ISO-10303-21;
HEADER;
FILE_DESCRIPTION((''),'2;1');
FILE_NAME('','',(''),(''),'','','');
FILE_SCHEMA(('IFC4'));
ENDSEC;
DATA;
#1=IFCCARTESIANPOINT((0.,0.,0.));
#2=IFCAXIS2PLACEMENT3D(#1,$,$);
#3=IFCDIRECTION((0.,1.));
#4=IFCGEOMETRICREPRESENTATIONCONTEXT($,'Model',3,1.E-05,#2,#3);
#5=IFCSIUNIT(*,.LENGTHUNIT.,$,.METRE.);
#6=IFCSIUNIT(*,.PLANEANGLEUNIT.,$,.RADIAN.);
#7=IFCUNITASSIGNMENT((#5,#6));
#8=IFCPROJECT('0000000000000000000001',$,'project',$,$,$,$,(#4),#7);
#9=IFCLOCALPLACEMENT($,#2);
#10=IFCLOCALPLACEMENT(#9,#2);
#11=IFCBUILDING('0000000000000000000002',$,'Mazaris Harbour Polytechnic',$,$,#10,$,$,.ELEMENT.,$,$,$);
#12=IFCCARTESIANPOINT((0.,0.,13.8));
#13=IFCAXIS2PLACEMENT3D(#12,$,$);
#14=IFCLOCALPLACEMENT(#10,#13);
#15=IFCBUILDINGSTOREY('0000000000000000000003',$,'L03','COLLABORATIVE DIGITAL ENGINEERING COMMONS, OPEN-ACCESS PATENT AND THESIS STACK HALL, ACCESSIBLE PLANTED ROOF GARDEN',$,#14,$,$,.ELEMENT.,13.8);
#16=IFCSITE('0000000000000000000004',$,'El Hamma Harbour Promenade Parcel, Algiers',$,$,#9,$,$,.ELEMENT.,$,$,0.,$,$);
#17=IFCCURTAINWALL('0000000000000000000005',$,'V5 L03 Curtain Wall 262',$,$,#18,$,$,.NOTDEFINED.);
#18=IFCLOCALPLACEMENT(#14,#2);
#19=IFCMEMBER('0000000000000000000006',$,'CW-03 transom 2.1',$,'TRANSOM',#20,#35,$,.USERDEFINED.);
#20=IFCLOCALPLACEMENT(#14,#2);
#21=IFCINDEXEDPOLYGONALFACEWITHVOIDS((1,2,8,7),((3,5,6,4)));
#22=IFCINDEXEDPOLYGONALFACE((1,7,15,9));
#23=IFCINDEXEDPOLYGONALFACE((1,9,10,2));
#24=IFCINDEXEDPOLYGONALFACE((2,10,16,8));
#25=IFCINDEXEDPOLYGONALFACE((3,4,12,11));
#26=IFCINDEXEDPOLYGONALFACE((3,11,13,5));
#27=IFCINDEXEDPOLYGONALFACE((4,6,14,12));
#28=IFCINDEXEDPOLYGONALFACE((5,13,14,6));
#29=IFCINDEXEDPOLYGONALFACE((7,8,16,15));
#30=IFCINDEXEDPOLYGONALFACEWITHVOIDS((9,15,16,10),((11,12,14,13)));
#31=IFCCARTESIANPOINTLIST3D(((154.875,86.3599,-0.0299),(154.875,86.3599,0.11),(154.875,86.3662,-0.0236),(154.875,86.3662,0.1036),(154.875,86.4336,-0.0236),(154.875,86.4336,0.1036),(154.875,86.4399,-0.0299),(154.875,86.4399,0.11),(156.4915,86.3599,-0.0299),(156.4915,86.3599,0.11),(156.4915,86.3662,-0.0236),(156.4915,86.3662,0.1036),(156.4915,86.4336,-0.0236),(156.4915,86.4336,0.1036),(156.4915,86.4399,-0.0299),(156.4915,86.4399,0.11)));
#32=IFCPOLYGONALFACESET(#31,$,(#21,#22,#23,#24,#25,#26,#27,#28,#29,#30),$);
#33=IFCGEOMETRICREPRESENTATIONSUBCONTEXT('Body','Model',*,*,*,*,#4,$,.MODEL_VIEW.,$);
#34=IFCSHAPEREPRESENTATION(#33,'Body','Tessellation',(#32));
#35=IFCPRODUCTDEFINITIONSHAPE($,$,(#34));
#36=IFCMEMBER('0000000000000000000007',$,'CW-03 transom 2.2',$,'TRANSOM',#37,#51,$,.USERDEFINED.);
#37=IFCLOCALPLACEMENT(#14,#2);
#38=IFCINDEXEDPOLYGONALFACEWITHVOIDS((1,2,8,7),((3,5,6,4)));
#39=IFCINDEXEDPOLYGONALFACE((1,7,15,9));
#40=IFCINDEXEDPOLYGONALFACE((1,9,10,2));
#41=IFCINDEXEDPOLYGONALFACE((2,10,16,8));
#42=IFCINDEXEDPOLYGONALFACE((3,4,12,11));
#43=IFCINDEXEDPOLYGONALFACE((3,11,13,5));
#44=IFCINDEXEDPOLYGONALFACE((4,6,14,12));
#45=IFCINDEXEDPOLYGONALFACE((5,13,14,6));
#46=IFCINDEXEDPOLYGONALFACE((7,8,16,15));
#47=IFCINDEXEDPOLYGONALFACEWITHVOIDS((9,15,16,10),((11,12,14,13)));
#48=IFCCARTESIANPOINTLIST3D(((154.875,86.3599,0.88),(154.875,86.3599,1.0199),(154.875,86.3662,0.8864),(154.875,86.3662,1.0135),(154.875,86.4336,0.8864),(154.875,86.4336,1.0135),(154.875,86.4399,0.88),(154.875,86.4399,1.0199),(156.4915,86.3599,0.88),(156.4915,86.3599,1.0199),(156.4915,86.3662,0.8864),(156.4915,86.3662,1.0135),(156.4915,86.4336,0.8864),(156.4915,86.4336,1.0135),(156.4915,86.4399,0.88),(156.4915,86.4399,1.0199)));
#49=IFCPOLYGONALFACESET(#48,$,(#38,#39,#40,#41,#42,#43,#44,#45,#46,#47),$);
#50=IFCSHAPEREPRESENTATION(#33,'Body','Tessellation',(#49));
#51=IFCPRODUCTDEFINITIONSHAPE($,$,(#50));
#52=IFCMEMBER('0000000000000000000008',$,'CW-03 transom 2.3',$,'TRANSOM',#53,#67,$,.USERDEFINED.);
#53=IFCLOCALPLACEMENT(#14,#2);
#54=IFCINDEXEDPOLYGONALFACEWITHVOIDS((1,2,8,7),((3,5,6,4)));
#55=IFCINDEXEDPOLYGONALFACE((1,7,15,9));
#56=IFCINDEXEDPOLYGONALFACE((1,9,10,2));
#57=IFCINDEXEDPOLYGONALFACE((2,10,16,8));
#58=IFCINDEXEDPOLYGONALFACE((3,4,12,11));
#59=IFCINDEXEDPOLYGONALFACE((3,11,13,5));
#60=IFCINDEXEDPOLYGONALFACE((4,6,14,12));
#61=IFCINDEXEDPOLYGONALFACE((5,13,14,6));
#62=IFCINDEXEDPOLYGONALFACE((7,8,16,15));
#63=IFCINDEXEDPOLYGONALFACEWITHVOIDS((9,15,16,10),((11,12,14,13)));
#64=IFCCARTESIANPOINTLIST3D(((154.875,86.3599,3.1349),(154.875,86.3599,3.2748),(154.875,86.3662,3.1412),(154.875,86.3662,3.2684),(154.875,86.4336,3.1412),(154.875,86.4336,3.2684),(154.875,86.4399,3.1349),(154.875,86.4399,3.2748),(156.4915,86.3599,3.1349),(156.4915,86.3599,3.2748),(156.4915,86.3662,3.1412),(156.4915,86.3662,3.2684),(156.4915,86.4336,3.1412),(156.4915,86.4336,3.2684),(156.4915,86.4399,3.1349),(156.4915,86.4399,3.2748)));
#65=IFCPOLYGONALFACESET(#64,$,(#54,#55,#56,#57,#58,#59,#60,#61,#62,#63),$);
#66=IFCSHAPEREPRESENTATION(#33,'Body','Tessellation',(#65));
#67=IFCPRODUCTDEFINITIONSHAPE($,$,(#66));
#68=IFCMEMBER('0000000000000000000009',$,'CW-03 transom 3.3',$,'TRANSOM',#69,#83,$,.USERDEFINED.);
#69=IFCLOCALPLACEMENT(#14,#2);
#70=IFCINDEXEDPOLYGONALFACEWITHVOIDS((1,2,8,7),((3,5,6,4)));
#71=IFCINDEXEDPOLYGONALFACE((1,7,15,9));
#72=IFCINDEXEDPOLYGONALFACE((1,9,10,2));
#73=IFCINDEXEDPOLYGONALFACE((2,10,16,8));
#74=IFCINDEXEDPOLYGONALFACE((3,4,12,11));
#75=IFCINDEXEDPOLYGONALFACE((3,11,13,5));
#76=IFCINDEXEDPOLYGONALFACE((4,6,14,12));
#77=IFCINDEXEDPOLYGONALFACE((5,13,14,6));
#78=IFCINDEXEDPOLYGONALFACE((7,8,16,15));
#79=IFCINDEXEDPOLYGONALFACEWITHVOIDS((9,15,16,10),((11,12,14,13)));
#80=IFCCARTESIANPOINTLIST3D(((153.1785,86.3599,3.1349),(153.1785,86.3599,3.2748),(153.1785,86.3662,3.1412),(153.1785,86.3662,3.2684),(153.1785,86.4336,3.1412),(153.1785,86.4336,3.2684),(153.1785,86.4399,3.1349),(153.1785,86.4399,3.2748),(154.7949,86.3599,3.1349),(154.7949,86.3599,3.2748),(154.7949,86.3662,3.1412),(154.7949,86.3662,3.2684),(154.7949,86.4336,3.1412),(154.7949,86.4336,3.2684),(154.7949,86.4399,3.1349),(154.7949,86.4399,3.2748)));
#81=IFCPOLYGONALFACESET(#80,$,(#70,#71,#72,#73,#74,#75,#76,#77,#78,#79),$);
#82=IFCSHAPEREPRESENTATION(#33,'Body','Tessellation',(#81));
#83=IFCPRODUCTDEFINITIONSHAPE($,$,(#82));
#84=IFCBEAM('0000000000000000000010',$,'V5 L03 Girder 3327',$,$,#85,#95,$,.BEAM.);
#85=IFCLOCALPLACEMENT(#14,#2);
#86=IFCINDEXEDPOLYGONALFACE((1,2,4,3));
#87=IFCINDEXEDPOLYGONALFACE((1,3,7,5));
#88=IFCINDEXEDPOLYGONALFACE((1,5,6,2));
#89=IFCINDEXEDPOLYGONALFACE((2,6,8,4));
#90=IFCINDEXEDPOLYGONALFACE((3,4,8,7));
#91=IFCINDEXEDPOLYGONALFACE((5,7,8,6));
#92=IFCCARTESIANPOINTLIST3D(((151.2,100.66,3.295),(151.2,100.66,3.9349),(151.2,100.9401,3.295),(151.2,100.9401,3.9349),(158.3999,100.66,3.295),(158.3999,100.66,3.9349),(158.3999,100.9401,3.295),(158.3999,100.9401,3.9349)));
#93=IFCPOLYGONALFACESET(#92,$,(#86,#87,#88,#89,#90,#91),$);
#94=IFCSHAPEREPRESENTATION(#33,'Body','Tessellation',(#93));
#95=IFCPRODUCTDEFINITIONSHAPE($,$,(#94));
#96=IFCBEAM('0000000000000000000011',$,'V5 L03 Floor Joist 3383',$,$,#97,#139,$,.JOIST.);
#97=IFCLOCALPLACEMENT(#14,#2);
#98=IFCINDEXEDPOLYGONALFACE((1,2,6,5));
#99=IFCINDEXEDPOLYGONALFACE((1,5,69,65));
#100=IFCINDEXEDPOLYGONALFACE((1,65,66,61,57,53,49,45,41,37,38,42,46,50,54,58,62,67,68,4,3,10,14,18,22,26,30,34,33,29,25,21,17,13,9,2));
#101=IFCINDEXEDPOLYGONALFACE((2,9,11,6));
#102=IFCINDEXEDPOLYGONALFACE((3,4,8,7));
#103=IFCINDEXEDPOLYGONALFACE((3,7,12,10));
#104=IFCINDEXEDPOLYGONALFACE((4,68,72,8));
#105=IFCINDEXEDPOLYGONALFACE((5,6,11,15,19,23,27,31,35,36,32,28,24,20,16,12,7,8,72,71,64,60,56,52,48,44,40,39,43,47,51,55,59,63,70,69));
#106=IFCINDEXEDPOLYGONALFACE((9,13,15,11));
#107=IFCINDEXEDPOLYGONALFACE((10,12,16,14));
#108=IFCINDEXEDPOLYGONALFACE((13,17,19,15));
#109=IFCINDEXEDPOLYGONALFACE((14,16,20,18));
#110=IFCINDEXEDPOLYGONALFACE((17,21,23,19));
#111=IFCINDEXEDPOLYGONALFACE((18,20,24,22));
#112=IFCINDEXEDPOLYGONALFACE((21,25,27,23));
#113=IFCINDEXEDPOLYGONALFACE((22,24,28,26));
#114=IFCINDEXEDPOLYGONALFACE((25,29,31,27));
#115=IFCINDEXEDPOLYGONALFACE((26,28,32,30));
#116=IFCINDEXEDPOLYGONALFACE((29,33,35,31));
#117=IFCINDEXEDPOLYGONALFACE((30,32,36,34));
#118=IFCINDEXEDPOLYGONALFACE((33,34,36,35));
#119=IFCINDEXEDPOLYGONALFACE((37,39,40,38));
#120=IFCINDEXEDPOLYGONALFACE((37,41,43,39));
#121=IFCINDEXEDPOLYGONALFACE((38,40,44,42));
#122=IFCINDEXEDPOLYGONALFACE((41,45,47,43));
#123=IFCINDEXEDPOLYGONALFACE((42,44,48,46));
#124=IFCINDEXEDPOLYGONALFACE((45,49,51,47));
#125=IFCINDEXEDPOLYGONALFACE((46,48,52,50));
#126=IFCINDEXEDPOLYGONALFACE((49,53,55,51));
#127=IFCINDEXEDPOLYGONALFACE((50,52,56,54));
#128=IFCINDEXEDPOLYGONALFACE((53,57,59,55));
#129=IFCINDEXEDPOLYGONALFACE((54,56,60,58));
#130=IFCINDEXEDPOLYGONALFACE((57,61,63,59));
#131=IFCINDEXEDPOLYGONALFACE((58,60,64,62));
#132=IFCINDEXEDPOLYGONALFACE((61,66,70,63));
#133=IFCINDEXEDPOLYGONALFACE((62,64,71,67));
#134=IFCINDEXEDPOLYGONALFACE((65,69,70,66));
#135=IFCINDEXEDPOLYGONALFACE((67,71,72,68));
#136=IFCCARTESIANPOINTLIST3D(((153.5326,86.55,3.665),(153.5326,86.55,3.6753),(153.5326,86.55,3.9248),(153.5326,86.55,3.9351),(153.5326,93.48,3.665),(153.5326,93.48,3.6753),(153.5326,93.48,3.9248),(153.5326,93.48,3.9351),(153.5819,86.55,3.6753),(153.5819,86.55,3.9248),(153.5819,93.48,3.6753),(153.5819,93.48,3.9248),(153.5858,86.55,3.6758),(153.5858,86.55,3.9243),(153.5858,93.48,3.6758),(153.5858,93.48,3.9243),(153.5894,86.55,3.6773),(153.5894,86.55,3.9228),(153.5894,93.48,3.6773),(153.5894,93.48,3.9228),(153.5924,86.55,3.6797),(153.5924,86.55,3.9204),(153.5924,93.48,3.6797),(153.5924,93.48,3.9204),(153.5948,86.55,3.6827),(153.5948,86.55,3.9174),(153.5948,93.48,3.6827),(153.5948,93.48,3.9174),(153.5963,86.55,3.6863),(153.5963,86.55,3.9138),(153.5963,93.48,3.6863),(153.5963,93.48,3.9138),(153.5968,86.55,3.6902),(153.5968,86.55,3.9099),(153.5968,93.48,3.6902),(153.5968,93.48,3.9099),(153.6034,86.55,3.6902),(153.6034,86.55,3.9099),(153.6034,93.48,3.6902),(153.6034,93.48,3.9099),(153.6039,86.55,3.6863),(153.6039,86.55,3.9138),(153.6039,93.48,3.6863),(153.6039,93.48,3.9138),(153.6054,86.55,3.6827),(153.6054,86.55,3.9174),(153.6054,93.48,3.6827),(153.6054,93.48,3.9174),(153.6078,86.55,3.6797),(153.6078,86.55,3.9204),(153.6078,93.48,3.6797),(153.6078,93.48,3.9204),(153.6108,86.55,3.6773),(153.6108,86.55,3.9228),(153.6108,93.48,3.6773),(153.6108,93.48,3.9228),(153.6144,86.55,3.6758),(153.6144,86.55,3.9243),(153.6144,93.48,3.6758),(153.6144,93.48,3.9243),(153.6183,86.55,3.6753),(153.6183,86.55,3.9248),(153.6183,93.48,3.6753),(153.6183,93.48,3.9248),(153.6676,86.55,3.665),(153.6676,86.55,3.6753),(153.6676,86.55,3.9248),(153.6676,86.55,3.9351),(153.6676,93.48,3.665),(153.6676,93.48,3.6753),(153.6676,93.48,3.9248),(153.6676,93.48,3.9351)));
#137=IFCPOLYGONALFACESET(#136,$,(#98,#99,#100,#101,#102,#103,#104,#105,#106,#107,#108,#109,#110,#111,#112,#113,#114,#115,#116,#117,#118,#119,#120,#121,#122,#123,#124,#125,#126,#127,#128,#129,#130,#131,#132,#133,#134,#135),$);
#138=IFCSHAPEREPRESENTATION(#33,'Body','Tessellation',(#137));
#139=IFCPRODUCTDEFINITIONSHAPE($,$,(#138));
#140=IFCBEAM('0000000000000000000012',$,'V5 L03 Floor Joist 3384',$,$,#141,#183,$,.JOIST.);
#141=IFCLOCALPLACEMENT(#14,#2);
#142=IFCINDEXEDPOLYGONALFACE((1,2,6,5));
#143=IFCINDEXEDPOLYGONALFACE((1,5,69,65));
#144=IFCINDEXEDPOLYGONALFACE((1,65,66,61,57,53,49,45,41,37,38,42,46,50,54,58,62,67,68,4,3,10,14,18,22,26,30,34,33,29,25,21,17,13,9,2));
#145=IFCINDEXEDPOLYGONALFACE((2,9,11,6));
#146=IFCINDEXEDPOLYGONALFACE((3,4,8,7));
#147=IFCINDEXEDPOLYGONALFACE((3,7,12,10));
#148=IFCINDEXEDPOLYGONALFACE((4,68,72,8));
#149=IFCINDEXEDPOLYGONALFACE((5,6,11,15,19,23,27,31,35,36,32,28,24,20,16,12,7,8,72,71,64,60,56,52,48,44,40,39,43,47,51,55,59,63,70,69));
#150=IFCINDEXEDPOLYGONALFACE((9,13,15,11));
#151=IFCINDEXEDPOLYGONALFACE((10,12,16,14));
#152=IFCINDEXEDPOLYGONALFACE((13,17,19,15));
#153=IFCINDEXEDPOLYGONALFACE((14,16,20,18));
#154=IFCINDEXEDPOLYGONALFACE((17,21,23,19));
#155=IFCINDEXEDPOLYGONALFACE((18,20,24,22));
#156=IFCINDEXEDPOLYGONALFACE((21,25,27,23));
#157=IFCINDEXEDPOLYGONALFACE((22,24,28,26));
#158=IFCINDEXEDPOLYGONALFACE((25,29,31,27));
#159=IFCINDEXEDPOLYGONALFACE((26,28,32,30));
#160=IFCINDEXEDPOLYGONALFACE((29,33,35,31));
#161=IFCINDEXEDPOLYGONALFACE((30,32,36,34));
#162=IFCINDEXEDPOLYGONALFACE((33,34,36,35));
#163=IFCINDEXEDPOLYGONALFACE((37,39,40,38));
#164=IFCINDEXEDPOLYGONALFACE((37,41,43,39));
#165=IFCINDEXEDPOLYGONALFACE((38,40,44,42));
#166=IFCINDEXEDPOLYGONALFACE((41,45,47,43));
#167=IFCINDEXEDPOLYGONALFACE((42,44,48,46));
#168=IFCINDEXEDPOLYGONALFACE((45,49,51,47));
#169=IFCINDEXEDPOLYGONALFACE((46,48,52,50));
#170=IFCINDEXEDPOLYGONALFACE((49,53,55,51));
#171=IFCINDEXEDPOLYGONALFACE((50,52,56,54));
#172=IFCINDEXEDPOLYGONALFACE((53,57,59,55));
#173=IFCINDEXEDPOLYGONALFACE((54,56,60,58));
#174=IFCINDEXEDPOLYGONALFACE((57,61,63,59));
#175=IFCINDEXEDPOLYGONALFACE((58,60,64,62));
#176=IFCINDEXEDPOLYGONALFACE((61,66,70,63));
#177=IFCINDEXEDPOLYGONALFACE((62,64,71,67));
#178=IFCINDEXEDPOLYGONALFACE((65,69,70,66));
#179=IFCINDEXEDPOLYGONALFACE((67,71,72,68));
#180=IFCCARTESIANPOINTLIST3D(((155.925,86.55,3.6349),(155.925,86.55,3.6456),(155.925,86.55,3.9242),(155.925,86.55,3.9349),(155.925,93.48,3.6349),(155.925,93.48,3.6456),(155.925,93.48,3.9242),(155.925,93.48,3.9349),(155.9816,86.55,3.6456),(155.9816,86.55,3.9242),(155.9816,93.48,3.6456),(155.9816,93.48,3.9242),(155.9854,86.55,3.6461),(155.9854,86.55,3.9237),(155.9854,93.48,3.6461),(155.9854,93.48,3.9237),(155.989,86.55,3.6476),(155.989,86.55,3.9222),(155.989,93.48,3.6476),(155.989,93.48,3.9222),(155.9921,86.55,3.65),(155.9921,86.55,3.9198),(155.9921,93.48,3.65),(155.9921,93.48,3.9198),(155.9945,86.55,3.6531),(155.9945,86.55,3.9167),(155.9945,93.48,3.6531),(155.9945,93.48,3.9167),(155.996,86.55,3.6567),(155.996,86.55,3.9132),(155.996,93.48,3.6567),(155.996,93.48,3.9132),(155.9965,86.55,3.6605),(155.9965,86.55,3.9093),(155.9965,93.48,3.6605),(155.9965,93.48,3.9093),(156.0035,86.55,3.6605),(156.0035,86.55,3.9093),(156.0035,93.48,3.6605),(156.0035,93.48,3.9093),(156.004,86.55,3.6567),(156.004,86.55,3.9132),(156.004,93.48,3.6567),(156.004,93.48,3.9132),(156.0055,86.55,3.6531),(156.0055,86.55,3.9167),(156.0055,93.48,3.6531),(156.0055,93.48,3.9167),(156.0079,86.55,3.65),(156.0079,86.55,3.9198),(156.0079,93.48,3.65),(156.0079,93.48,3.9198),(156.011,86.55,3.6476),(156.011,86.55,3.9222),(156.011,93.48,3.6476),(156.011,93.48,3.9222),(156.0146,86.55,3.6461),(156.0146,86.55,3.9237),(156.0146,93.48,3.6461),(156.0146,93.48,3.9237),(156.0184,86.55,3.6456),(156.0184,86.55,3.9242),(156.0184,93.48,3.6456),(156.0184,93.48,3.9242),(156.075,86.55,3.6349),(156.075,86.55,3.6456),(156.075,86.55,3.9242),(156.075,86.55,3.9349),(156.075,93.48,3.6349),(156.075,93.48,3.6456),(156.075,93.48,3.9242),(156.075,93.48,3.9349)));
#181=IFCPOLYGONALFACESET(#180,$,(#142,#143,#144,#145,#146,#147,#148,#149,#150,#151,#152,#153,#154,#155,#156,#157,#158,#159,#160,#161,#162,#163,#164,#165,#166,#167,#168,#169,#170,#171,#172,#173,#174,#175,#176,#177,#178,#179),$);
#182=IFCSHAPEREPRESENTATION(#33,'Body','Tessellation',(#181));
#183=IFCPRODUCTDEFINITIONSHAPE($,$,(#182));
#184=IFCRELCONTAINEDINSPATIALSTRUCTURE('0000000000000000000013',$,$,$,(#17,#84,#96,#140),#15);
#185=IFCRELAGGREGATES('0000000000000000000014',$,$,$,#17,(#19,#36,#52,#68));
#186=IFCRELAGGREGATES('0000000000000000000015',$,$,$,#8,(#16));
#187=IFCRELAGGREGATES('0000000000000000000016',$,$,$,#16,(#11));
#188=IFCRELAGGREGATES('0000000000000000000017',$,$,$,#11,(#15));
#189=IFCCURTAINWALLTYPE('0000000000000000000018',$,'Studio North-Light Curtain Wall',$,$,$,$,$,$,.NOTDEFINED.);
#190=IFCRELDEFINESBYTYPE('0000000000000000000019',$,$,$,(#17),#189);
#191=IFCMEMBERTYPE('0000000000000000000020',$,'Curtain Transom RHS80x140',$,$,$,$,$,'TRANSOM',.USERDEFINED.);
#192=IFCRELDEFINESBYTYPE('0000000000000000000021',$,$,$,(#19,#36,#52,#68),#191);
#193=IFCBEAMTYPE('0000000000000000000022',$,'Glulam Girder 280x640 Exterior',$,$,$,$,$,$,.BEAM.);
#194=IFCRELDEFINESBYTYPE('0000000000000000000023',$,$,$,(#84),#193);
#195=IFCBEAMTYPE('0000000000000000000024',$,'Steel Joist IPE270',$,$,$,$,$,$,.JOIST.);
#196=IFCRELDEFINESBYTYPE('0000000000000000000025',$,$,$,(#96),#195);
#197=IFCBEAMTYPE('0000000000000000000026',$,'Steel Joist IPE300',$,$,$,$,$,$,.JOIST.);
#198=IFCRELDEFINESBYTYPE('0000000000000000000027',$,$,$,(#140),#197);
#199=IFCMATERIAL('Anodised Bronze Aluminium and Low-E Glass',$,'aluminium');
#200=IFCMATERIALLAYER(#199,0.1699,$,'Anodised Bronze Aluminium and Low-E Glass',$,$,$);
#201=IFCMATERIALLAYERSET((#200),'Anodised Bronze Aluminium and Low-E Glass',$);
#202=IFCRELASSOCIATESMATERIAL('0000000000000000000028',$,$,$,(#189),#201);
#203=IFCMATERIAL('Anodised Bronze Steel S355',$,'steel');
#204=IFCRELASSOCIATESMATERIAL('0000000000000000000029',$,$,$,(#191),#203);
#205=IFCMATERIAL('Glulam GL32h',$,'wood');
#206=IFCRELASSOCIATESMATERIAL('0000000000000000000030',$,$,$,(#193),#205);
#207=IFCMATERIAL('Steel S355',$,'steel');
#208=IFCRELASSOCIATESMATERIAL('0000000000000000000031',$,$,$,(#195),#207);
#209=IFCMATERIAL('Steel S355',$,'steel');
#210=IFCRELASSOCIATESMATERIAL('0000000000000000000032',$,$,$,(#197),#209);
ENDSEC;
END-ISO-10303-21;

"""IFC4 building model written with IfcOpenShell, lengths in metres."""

from ifc_helpers import new_model, si_unit, direction, frame, origin, origin_2d, place, context, subcontext, project, spatial, rectangle, hollow_rectangle, i_section, extrude, material, layer, layer_set, material_profile, profile_set, type_object, element, aggregate, save


model = new_model("IFC4")

# Units and contexts
model_context = context("Model", 3, precision=1e-05, world=origin(), true_north=direction((0.0, 1.0)))
body_context = subcontext(model_context, "Body", "Model", "MODEL_VIEW")
ifc_project = project(units=[si_unit("LENGTHUNIT", "METRE"), si_unit("PLANEANGLEUNIT", "RADIAN")], contexts=[model_context])

# Site, building, storey
site_placement = place(None, origin())
site = spatial("IfcSite", under=ifc_project, at=site_placement, Name="El Hamma Harbour Promenade Parcel, Algiers", CompositionType="ELEMENT", RefElevation=0.0)
building_placement = place(site_placement, origin())
building = spatial("IfcBuilding", under=site, at=building_placement, Name="Mazaris Harbour Polytechnic", CompositionType="ELEMENT")
storey_placement = place(building_placement, frame((0.0, 0.0, 13.8)))
storey = spatial("IfcBuildingStorey", under=building, at=storey_placement, Name="L03", Description="COLLABORATIVE DIGITAL ENGINEERING COMMONS, OPEN-ACCESS PATENT AND THESIS STACK HALL, ACCESSIBLE PLANTED ROOF GARDEN", CompositionType="ELEMENT", Elevation=13.8)

# Shared definitions
ifc_material_1 = material(Name="Anodised Bronze Aluminium and Low-E Glass", Category="aluminium")
ifc_layer_1 = layer(ifc_material_1, 0.1699, Name="Anodised Bronze Aluminium and Low-E Glass")
ifc_layer_set_1 = layer_set([ifc_layer_1], Name="Anodised Bronze Aluminium and Low-E Glass")
curtain_wall_type = type_object("IfcCurtainWallType", Name="Studio North-Light Curtain Wall", PredefinedType="NOTDEFINED", material=ifc_layer_set_1)

# Curtain wall
curtain_wall_1_placement = place(storey_placement, origin())
curtain_wall_1 = element("IfcCurtainWall", 1, at=curtain_wall_1_placement, inside=storey, type_object=curtain_wall_type, Name="V5 L03 Curtain Wall 262", PredefinedType="NOTDEFINED")

# Members
ifc_material_2 = material(Name="Anodised Bronze Steel S355", Category="steel")
ifc_material_profile_1 = material_profile(ifc_material_2, hollow_rectangle(XDim=0.0801, YDim=0.1399, WallThickness=0.0063, at=origin_2d()), Name="RHS 80x140x6.3")
ifc_profile_set_1 = profile_set([ifc_material_profile_1], Name="Anodised Bronze Steel S355")
member_type_1 = type_object("IfcMemberType", Name="Curtain Transom RHS80x140", ElementType="TRANSOM", PredefinedType="USERDEFINED", material=ifc_profile_set_1)
member_1_placement = place(storey_placement, frame((156.4915, 86.3999, 0.04), z_axis=(-1.0, 0.0, 0.0), x_axis=(0.0, -1.0, 0.0)))
member_1 = element("IfcMember", 2, at=member_1_placement, type_object=member_type_1, Name="CW-03 transom 2.1", ObjectType="TRANSOM", PredefinedType="USERDEFINED", context=body_context, shape_type="SweptSolid", body=[
    extrude(hollow_rectangle(XDim=0.0801, YDim=0.1399, WallThickness=0.0063, at=origin_2d()), origin(), (0.0, 0.0, 1.0), 1.6165),
])
member_2_placement = place(storey_placement, frame((156.4915, 86.3999, 0.95), z_axis=(-1.0, 0.0, 0.0), x_axis=(0.0, -1.0, 0.0)))
member_2 = element("IfcMember", 3, at=member_2_placement, type_object=member_type_1, Name="CW-03 transom 2.2", ObjectType="TRANSOM", PredefinedType="USERDEFINED", context=body_context, shape_type="SweptSolid", body=[
    extrude(hollow_rectangle(XDim=0.0801, YDim=0.1399, WallThickness=0.0063, at=origin_2d()), origin(), (0.0, 0.0, 1.0), 1.6165),
])
member_3_placement = place(storey_placement, frame((156.4915, 86.3999, 3.2048), z_axis=(-1.0, 0.0, 0.0), x_axis=(0.0, -1.0, 0.0)))
member_3 = element("IfcMember", 4, at=member_3_placement, type_object=member_type_1, Name="CW-03 transom 2.3", ObjectType="TRANSOM", PredefinedType="USERDEFINED", context=body_context, shape_type="SweptSolid", body=[
    extrude(hollow_rectangle(XDim=0.0801, YDim=0.1399, WallThickness=0.0063, at=origin_2d()), origin(), (0.0, 0.0, 1.0), 1.6165),
])
member_4_placement = place(storey_placement, frame((154.7949, 86.3999, 3.2048), z_axis=(-1.0, 0.0, 0.0), x_axis=(0.0, -1.0, 0.0)))
member_4 = element("IfcMember", 5, at=member_4_placement, type_object=member_type_1, Name="CW-03 transom 3.3", ObjectType="TRANSOM", PredefinedType="USERDEFINED", context=body_context, shape_type="SweptSolid", body=[
    extrude(hollow_rectangle(XDim=0.0801, YDim=0.1399, WallThickness=0.0063, at=origin_2d()), origin(), (0.0, 0.0, 1.0), 1.6165),
])

# Beams
ifc_material_3 = material(Name="Glulam GL32h", Category="wood")
ifc_material_profile_2 = material_profile(ifc_material_3, rectangle(XDim=0.28, YDim=0.6399, at=origin_2d()), Name="RECT280x640")
ifc_profile_set_2 = profile_set([ifc_material_profile_2], Name="Glulam GL32h")
beam_type_1 = type_object("IfcBeamType", Name="Glulam Girder 280x640 Exterior", PredefinedType="BEAM", material=ifc_profile_set_2)
beam_1_placement = place(storey_placement, frame((151.2, 100.8, 3.615), z_axis=(1.0, 0.0, 0.0), x_axis=(0.0, 1.0, 0.0)))
element("IfcBeam", 6, at=beam_1_placement, inside=storey, type_object=beam_type_1, Name="V5 L03 Girder 3327", PredefinedType="BEAM", context=body_context, shape_type="SweptSolid", body=[
    extrude(rectangle(XDim=0.28, YDim=0.6399, at=origin_2d()), origin(), (0.0, 0.0, 1.0), 7.2),
])
ifc_material_4 = material(Name="Steel S355", Category="steel")
ifc_material_profile_3 = material_profile(ifc_material_4, i_section(OverallWidth=0.135, OverallDepth=0.27, WebThickness=0.0066, FlangeThickness=0.0103, FilletRadius=0.0149, at=origin_2d()), Name="IPE 270")
ifc_profile_set_3 = profile_set([ifc_material_profile_3], Name="Steel S355")
beam_type_2 = type_object("IfcBeamType", Name="Steel Joist IPE270", PredefinedType="JOIST", material=ifc_profile_set_3)
beam_2_placement = place(storey_placement, frame((153.6001, 86.55, 3.8), z_axis=(0.0, 1.0, 0.0), x_axis=(-1.0, 0.0, 0.0)))
element("IfcBeam", 7, at=beam_2_placement, inside=storey, type_object=beam_type_2, Name="V5 L03 Floor Joist 3383", PredefinedType="JOIST", context=body_context, shape_type="SweptSolid", body=[
    extrude(i_section(OverallWidth=0.135, OverallDepth=0.27, WebThickness=0.0066, FlangeThickness=0.0103, FilletRadius=0.0149, at=origin_2d()), origin(), (0.0, 0.0, 1.0), 6.9299),
])
ifc_material_5 = material(Name="Steel S355", Category="steel")
ifc_material_profile_4 = material_profile(ifc_material_5, i_section(OverallWidth=0.1499, OverallDepth=0.3, WebThickness=0.0071, FlangeThickness=0.0107, FilletRadius=0.0149, at=origin_2d()), Name="IPE 300")
ifc_profile_set_4 = profile_set([ifc_material_profile_4], Name="Steel S355")
beam_type_3 = type_object("IfcBeamType", Name="Steel Joist IPE300", PredefinedType="JOIST", material=ifc_profile_set_4)
beam_3_placement = place(storey_placement, frame((156.0, 86.55, 3.7849), z_axis=(0.0, 1.0, 0.0), x_axis=(-1.0, 0.0, 0.0)))
element("IfcBeam", 8, at=beam_3_placement, inside=storey, type_object=beam_type_3, Name="V5 L03 Floor Joist 3384", PredefinedType="JOIST", context=body_context, shape_type="SweptSolid", body=[
    extrude(i_section(OverallWidth=0.1499, OverallDepth=0.3, WebThickness=0.0071, FlangeThickness=0.0107, FilletRadius=0.0149, at=origin_2d()), origin(), (0.0, 0.0, 1.0), 6.9299),
])

aggregate(curtain_wall_1, [member_1, member_2, member_3, member_4])

save(model, "model.ifc")
